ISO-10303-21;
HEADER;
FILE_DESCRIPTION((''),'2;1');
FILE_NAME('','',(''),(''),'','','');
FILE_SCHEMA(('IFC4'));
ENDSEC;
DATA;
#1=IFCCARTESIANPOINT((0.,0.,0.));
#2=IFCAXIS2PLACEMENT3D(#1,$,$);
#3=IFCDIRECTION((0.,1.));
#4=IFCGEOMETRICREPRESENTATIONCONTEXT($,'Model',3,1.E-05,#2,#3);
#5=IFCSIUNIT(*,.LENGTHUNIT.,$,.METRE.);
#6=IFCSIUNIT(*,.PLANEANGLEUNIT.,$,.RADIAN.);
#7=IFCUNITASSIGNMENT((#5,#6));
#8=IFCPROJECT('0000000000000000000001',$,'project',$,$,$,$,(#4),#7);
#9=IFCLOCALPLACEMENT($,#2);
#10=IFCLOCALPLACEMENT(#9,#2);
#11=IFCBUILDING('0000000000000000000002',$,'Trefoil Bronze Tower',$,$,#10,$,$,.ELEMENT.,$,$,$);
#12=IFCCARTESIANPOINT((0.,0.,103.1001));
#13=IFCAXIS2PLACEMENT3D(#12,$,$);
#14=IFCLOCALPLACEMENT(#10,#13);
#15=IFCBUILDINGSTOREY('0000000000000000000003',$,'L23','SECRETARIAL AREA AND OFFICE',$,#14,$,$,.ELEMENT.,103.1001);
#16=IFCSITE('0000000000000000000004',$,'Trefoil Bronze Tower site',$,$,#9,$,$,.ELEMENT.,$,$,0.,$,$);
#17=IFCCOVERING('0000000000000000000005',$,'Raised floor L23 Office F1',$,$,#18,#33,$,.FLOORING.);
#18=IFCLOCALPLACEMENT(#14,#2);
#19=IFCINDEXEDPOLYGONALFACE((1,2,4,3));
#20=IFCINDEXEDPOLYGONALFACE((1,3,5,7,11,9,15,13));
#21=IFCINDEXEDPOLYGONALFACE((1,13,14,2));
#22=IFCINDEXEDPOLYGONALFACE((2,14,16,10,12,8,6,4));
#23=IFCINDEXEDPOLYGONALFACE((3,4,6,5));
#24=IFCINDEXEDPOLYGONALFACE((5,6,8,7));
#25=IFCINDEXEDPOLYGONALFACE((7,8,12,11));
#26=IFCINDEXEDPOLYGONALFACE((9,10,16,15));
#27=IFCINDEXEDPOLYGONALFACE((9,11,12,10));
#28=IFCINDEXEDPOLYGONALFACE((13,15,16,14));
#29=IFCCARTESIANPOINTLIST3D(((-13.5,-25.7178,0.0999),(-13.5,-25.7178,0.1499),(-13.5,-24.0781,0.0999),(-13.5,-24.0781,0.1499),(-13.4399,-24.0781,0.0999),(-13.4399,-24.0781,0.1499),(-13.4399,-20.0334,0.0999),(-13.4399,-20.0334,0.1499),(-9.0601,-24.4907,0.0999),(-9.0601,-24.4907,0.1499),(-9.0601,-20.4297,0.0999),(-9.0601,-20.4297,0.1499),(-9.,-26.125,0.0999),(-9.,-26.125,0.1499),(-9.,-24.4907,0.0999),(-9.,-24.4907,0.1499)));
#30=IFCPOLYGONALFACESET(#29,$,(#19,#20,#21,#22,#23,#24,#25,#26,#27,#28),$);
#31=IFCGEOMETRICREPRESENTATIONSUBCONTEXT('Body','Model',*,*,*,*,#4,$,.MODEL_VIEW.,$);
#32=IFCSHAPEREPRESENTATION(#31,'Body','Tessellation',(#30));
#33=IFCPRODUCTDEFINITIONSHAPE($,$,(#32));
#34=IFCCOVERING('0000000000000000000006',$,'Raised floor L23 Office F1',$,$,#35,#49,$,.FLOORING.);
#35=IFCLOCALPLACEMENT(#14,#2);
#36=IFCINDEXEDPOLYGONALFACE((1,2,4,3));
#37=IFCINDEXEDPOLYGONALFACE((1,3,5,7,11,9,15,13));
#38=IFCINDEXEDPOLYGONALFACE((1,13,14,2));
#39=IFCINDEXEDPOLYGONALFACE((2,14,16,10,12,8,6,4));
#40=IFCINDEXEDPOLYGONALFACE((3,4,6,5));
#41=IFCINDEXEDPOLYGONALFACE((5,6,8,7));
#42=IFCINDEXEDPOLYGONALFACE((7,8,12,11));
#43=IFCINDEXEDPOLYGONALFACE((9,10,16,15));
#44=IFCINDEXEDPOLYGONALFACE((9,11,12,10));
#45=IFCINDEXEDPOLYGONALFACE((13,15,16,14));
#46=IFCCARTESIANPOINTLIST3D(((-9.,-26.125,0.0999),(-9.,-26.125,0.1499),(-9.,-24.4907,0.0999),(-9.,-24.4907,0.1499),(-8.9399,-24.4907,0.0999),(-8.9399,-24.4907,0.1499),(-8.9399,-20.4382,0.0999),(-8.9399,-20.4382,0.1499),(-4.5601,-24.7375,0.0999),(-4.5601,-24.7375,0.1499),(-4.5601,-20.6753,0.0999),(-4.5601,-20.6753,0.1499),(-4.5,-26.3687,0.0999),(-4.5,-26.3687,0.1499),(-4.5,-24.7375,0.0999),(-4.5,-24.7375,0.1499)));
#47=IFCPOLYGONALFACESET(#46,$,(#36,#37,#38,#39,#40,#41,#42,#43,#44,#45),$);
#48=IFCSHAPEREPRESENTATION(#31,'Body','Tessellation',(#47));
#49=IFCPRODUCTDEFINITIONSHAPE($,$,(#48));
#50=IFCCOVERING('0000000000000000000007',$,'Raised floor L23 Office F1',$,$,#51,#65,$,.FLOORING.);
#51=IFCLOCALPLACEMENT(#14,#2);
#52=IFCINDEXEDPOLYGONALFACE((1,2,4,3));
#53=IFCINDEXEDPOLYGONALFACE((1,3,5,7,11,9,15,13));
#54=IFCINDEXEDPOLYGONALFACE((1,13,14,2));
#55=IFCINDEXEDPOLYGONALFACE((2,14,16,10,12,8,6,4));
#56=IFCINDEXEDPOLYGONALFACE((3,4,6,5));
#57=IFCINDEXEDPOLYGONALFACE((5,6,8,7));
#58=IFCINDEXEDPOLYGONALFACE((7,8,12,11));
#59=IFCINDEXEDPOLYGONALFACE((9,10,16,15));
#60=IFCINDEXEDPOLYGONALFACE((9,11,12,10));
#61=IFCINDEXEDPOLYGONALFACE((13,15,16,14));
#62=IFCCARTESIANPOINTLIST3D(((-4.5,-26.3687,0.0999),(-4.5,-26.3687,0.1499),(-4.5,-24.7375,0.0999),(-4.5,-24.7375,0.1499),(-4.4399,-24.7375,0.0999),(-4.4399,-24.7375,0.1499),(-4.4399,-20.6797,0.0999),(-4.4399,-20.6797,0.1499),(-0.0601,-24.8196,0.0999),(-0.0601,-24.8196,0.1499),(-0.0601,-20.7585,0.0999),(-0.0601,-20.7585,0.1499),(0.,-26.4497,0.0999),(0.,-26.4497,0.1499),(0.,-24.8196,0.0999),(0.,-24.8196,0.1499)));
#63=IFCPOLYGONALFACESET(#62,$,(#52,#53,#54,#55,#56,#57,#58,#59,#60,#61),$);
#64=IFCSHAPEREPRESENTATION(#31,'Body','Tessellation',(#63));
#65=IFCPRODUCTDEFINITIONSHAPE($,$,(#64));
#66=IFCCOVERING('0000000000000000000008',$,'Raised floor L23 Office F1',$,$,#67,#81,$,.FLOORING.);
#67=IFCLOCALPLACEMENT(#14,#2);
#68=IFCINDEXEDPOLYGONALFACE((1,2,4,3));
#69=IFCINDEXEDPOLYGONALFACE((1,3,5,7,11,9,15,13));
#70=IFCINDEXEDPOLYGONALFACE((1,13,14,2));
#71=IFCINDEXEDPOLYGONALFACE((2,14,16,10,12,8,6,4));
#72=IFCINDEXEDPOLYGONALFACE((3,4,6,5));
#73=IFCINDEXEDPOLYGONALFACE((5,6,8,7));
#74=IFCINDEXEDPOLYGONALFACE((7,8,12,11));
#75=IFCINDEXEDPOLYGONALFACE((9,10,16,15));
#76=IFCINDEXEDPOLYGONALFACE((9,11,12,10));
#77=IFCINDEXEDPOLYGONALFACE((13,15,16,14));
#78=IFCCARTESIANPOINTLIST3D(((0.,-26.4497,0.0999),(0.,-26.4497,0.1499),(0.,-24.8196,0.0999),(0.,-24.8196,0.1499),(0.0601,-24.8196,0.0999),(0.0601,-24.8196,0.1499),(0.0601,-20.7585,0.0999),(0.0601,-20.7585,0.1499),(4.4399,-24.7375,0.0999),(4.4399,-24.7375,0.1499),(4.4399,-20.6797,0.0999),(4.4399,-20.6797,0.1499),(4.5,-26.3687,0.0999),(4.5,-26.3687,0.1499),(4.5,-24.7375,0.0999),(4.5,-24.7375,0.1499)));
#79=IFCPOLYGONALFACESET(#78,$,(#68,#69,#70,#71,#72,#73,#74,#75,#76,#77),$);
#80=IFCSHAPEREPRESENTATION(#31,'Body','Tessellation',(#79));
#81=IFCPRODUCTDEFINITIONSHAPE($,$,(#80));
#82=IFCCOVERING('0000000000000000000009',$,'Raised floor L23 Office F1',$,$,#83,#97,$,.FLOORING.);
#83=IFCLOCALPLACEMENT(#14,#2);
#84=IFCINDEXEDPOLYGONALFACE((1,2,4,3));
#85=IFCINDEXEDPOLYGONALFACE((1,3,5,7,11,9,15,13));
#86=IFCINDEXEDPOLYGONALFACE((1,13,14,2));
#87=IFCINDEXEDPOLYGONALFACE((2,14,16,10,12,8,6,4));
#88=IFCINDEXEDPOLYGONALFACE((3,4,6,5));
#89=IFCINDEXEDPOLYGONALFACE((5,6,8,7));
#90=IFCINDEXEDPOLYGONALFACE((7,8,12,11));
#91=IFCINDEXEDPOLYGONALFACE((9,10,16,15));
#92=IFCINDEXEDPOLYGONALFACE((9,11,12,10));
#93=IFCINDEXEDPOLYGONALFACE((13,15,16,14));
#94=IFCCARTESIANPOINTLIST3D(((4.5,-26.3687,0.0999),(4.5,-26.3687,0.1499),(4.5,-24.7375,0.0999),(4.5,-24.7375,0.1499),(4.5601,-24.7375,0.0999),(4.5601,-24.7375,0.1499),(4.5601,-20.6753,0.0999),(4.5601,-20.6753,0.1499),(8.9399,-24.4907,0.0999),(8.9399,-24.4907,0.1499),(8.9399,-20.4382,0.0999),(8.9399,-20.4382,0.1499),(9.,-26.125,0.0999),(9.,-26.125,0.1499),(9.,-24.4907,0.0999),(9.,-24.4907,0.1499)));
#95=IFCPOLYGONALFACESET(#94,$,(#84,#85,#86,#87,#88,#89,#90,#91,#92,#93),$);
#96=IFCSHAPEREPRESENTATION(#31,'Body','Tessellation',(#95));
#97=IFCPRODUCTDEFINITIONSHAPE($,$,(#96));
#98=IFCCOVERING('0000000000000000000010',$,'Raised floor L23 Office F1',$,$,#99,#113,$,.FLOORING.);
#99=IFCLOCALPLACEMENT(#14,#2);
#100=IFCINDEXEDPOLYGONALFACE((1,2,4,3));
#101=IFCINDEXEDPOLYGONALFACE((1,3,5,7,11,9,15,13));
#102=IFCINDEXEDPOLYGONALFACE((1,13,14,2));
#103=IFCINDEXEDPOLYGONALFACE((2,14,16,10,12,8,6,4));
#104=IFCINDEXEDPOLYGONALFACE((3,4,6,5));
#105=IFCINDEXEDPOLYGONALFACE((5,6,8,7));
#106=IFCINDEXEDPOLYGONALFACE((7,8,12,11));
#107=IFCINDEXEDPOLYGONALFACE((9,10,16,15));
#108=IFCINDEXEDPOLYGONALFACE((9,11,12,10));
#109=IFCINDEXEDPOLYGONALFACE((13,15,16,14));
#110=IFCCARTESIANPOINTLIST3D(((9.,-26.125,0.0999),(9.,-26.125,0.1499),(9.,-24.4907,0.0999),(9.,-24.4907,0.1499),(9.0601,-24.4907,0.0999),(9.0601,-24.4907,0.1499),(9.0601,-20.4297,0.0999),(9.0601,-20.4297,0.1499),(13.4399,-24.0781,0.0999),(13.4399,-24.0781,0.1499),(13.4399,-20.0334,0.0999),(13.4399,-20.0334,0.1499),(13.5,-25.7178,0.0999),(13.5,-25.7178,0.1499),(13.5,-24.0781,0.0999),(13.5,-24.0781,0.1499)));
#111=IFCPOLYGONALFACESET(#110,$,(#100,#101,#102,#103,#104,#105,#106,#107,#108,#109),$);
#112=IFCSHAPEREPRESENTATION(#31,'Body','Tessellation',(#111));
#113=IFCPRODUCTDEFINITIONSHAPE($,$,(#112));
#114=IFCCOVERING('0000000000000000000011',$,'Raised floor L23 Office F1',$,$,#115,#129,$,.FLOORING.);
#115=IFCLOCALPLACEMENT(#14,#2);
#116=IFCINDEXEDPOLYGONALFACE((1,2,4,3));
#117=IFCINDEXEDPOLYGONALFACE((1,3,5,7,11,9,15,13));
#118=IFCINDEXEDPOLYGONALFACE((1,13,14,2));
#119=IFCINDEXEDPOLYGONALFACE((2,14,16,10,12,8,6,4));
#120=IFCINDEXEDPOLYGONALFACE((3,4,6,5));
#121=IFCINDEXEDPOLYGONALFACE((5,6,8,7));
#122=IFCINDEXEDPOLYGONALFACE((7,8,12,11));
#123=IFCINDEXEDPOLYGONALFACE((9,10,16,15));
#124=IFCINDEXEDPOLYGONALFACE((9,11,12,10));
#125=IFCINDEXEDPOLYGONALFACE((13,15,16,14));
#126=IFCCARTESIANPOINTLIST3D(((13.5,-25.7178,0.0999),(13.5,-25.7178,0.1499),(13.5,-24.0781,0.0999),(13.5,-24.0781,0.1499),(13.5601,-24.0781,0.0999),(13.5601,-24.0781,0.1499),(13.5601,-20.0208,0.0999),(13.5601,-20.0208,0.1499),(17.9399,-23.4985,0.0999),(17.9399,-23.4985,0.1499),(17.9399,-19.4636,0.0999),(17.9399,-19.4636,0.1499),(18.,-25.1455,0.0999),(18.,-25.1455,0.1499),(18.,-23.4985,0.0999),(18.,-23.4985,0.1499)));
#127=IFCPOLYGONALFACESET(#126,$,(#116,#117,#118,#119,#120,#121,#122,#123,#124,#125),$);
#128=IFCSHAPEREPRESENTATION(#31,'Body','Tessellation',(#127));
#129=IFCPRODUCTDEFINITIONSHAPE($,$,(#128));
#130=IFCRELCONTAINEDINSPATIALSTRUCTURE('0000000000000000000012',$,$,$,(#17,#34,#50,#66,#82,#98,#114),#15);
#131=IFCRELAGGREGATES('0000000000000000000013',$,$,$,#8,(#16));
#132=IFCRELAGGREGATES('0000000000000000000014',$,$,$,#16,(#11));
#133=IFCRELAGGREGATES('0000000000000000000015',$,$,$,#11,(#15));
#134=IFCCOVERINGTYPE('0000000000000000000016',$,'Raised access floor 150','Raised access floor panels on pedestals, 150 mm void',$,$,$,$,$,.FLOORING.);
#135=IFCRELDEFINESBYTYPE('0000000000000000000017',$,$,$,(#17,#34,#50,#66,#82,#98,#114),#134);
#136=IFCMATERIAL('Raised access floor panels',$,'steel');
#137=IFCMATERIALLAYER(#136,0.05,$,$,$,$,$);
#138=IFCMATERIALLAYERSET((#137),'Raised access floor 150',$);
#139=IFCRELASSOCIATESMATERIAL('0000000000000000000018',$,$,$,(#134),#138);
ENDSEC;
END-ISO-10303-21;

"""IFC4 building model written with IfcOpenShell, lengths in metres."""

from ifc_helpers import new_model, si_unit, direction, frame, origin, place, context, subcontext, project, spatial, polyline, outline, extrude, material, layer, layer_set, type_object, element, save


model = new_model("IFC4")

# Units and contexts
model_context = context("Model", 3, precision=1e-05, world=origin(), true_north=direction((0.0, 1.0)))
body_context = subcontext(model_context, "Body", "Model", "MODEL_VIEW")
ifc_project = project(units=[si_unit("LENGTHUNIT", "METRE"), si_unit("PLANEANGLEUNIT", "RADIAN")], contexts=[model_context])

# Site, building, storey
site_placement = place(None, origin())
site = spatial("IfcSite", under=ifc_project, at=site_placement, Name="Trefoil Bronze Tower site", CompositionType="ELEMENT", RefElevation=0.0)
building_placement = place(site_placement, origin())
building = spatial("IfcBuilding", under=site, at=building_placement, Name="Trefoil Bronze Tower", CompositionType="ELEMENT")
storey_placement = place(building_placement, frame((0.0, 0.0, 103.1001)))
storey = spatial("IfcBuildingStorey", under=building, at=storey_placement, Name="L23", Description="SECRETARIAL AREA AND OFFICE", CompositionType="ELEMENT", Elevation=103.1001)

# Coverings
ifc_material_1 = material(Name="Raised access floor panels", Category="steel")
ifc_layer_1 = layer(ifc_material_1, 0.05)
ifc_layer_set_1 = layer_set([ifc_layer_1], Name="Raised access floor 150")
covering_type = type_object("IfcCoveringType", Name="Raised access floor 150", Description="Raised access floor panels on pedestals, 150 mm void", PredefinedType="FLOORING", material=ifc_layer_set_1)
covering_1_placement = place(storey_placement, frame((0.0, 0.0, 0.0999)))
element("IfcCovering", 1, at=covering_1_placement, inside=storey, type_object=covering_type, Name="Raised floor L23 Office F1", PredefinedType="FLOORING", context=body_context, shape_type="SweptSolid", body=[
    extrude(outline(polyline([(-9.0, -26.125), (-13.5, -25.7178), (-13.5, -24.0781), (-13.4399, -24.0781), (-13.4399, -20.0334), (-9.0601, -20.4297), (-9.0601, -24.4907), (-9.0, -24.4907), (-9.0, -26.125)])), origin(), (0.0, 0.0, 1.0), 0.05),
])
covering_2_placement = place(storey_placement, frame((0.0, 0.0, 0.0999)))
element("IfcCovering", 2, at=covering_2_placement, inside=storey, type_object=covering_type, Name="Raised floor L23 Office F1", PredefinedType="FLOORING", context=body_context, shape_type="SweptSolid", body=[
    extrude(outline(polyline([(-4.5, -26.3687), (-9.0, -26.125), (-9.0, -24.4907), (-8.9399, -24.4907), (-8.9399, -20.4382), (-4.5601, -20.6753), (-4.5601, -24.7375), (-4.5, -24.7375), (-4.5, -26.3687)])), origin(), (0.0, 0.0, 1.0), 0.05),
])
covering_3_placement = place(storey_placement, frame((0.0, 0.0, 0.0999)))
element("IfcCovering", 3, at=covering_3_placement, inside=storey, type_object=covering_type, Name="Raised floor L23 Office F1", PredefinedType="FLOORING", context=body_context, shape_type="SweptSolid", body=[
    extrude(outline(polyline([(0.0, -26.4497), (-4.5, -26.3687), (-4.5, -24.7375), (-4.4399, -24.7375), (-4.4399, -20.6797), (-0.0601, -20.7585), (-0.0601, -24.8196), (0.0, -24.8196), (0.0, -26.4497)])), origin(), (0.0, 0.0, 1.0), 0.05),
])
covering_4_placement = place(storey_placement, frame((0.0, 0.0, 0.0999)))
element("IfcCovering", 4, at=covering_4_placement, inside=storey, type_object=covering_type, Name="Raised floor L23 Office F1", PredefinedType="FLOORING", context=body_context, shape_type="SweptSolid", body=[
    extrude(outline(polyline([(4.5, -26.3687), (0.0, -26.4497), (0.0, -24.8196), (0.0601, -24.8196), (0.0601, -20.7585), (4.4399, -20.6797), (4.4399, -24.7375), (4.5, -24.7375), (4.5, -26.3687)])), origin(), (0.0, 0.0, 1.0), 0.05),
])
covering_5_placement = place(storey_placement, frame((0.0, 0.0, 0.0999)))
element("IfcCovering", 5, at=covering_5_placement, inside=storey, type_object=covering_type, Name="Raised floor L23 Office F1", PredefinedType="FLOORING", context=body_context, shape_type="SweptSolid", body=[
    extrude(outline(polyline([(9.0, -26.125), (4.5, -26.3687), (4.5, -24.7375), (4.5601, -24.7375), (4.5601, -20.6753), (8.9399, -20.4382), (8.9399, -24.4907), (9.0, -24.4907), (9.0, -26.125)])), origin(), (0.0, 0.0, 1.0), 0.05),
])
covering_6_placement = place(storey_placement, frame((0.0, 0.0, 0.0999)))
element("IfcCovering", 6, at=covering_6_placement, inside=storey, type_object=covering_type, Name="Raised floor L23 Office F1", PredefinedType="FLOORING", context=body_context, shape_type="SweptSolid", body=[
    extrude(outline(polyline([(13.5, -25.7178), (9.0, -26.125), (9.0, -24.4907), (9.0601, -24.4907), (9.0601, -20.4297), (13.4399, -20.0334), (13.4399, -24.0781), (13.5, -24.0781), (13.5, -25.7178)])), origin(), (0.0, 0.0, 1.0), 0.05),
])
covering_7_placement = place(storey_placement, frame((0.0, 0.0, 0.0999)))
element("IfcCovering", 7, at=covering_7_placement, inside=storey, type_object=covering_type, Name="Raised floor L23 Office F1", PredefinedType="FLOORING", context=body_context, shape_type="SweptSolid", body=[
    extrude(outline(polyline([(18.0, -25.1455), (13.5, -25.7178), (13.5, -24.0781), (13.5601, -24.0781), (13.5601, -20.0208), (17.9399, -19.4636), (17.9399, -23.4985), (18.0, -23.4985), (18.0, -25.1455)])), origin(), (0.0, 0.0, 1.0), 0.05),
])

save(model, "model.ifc")
